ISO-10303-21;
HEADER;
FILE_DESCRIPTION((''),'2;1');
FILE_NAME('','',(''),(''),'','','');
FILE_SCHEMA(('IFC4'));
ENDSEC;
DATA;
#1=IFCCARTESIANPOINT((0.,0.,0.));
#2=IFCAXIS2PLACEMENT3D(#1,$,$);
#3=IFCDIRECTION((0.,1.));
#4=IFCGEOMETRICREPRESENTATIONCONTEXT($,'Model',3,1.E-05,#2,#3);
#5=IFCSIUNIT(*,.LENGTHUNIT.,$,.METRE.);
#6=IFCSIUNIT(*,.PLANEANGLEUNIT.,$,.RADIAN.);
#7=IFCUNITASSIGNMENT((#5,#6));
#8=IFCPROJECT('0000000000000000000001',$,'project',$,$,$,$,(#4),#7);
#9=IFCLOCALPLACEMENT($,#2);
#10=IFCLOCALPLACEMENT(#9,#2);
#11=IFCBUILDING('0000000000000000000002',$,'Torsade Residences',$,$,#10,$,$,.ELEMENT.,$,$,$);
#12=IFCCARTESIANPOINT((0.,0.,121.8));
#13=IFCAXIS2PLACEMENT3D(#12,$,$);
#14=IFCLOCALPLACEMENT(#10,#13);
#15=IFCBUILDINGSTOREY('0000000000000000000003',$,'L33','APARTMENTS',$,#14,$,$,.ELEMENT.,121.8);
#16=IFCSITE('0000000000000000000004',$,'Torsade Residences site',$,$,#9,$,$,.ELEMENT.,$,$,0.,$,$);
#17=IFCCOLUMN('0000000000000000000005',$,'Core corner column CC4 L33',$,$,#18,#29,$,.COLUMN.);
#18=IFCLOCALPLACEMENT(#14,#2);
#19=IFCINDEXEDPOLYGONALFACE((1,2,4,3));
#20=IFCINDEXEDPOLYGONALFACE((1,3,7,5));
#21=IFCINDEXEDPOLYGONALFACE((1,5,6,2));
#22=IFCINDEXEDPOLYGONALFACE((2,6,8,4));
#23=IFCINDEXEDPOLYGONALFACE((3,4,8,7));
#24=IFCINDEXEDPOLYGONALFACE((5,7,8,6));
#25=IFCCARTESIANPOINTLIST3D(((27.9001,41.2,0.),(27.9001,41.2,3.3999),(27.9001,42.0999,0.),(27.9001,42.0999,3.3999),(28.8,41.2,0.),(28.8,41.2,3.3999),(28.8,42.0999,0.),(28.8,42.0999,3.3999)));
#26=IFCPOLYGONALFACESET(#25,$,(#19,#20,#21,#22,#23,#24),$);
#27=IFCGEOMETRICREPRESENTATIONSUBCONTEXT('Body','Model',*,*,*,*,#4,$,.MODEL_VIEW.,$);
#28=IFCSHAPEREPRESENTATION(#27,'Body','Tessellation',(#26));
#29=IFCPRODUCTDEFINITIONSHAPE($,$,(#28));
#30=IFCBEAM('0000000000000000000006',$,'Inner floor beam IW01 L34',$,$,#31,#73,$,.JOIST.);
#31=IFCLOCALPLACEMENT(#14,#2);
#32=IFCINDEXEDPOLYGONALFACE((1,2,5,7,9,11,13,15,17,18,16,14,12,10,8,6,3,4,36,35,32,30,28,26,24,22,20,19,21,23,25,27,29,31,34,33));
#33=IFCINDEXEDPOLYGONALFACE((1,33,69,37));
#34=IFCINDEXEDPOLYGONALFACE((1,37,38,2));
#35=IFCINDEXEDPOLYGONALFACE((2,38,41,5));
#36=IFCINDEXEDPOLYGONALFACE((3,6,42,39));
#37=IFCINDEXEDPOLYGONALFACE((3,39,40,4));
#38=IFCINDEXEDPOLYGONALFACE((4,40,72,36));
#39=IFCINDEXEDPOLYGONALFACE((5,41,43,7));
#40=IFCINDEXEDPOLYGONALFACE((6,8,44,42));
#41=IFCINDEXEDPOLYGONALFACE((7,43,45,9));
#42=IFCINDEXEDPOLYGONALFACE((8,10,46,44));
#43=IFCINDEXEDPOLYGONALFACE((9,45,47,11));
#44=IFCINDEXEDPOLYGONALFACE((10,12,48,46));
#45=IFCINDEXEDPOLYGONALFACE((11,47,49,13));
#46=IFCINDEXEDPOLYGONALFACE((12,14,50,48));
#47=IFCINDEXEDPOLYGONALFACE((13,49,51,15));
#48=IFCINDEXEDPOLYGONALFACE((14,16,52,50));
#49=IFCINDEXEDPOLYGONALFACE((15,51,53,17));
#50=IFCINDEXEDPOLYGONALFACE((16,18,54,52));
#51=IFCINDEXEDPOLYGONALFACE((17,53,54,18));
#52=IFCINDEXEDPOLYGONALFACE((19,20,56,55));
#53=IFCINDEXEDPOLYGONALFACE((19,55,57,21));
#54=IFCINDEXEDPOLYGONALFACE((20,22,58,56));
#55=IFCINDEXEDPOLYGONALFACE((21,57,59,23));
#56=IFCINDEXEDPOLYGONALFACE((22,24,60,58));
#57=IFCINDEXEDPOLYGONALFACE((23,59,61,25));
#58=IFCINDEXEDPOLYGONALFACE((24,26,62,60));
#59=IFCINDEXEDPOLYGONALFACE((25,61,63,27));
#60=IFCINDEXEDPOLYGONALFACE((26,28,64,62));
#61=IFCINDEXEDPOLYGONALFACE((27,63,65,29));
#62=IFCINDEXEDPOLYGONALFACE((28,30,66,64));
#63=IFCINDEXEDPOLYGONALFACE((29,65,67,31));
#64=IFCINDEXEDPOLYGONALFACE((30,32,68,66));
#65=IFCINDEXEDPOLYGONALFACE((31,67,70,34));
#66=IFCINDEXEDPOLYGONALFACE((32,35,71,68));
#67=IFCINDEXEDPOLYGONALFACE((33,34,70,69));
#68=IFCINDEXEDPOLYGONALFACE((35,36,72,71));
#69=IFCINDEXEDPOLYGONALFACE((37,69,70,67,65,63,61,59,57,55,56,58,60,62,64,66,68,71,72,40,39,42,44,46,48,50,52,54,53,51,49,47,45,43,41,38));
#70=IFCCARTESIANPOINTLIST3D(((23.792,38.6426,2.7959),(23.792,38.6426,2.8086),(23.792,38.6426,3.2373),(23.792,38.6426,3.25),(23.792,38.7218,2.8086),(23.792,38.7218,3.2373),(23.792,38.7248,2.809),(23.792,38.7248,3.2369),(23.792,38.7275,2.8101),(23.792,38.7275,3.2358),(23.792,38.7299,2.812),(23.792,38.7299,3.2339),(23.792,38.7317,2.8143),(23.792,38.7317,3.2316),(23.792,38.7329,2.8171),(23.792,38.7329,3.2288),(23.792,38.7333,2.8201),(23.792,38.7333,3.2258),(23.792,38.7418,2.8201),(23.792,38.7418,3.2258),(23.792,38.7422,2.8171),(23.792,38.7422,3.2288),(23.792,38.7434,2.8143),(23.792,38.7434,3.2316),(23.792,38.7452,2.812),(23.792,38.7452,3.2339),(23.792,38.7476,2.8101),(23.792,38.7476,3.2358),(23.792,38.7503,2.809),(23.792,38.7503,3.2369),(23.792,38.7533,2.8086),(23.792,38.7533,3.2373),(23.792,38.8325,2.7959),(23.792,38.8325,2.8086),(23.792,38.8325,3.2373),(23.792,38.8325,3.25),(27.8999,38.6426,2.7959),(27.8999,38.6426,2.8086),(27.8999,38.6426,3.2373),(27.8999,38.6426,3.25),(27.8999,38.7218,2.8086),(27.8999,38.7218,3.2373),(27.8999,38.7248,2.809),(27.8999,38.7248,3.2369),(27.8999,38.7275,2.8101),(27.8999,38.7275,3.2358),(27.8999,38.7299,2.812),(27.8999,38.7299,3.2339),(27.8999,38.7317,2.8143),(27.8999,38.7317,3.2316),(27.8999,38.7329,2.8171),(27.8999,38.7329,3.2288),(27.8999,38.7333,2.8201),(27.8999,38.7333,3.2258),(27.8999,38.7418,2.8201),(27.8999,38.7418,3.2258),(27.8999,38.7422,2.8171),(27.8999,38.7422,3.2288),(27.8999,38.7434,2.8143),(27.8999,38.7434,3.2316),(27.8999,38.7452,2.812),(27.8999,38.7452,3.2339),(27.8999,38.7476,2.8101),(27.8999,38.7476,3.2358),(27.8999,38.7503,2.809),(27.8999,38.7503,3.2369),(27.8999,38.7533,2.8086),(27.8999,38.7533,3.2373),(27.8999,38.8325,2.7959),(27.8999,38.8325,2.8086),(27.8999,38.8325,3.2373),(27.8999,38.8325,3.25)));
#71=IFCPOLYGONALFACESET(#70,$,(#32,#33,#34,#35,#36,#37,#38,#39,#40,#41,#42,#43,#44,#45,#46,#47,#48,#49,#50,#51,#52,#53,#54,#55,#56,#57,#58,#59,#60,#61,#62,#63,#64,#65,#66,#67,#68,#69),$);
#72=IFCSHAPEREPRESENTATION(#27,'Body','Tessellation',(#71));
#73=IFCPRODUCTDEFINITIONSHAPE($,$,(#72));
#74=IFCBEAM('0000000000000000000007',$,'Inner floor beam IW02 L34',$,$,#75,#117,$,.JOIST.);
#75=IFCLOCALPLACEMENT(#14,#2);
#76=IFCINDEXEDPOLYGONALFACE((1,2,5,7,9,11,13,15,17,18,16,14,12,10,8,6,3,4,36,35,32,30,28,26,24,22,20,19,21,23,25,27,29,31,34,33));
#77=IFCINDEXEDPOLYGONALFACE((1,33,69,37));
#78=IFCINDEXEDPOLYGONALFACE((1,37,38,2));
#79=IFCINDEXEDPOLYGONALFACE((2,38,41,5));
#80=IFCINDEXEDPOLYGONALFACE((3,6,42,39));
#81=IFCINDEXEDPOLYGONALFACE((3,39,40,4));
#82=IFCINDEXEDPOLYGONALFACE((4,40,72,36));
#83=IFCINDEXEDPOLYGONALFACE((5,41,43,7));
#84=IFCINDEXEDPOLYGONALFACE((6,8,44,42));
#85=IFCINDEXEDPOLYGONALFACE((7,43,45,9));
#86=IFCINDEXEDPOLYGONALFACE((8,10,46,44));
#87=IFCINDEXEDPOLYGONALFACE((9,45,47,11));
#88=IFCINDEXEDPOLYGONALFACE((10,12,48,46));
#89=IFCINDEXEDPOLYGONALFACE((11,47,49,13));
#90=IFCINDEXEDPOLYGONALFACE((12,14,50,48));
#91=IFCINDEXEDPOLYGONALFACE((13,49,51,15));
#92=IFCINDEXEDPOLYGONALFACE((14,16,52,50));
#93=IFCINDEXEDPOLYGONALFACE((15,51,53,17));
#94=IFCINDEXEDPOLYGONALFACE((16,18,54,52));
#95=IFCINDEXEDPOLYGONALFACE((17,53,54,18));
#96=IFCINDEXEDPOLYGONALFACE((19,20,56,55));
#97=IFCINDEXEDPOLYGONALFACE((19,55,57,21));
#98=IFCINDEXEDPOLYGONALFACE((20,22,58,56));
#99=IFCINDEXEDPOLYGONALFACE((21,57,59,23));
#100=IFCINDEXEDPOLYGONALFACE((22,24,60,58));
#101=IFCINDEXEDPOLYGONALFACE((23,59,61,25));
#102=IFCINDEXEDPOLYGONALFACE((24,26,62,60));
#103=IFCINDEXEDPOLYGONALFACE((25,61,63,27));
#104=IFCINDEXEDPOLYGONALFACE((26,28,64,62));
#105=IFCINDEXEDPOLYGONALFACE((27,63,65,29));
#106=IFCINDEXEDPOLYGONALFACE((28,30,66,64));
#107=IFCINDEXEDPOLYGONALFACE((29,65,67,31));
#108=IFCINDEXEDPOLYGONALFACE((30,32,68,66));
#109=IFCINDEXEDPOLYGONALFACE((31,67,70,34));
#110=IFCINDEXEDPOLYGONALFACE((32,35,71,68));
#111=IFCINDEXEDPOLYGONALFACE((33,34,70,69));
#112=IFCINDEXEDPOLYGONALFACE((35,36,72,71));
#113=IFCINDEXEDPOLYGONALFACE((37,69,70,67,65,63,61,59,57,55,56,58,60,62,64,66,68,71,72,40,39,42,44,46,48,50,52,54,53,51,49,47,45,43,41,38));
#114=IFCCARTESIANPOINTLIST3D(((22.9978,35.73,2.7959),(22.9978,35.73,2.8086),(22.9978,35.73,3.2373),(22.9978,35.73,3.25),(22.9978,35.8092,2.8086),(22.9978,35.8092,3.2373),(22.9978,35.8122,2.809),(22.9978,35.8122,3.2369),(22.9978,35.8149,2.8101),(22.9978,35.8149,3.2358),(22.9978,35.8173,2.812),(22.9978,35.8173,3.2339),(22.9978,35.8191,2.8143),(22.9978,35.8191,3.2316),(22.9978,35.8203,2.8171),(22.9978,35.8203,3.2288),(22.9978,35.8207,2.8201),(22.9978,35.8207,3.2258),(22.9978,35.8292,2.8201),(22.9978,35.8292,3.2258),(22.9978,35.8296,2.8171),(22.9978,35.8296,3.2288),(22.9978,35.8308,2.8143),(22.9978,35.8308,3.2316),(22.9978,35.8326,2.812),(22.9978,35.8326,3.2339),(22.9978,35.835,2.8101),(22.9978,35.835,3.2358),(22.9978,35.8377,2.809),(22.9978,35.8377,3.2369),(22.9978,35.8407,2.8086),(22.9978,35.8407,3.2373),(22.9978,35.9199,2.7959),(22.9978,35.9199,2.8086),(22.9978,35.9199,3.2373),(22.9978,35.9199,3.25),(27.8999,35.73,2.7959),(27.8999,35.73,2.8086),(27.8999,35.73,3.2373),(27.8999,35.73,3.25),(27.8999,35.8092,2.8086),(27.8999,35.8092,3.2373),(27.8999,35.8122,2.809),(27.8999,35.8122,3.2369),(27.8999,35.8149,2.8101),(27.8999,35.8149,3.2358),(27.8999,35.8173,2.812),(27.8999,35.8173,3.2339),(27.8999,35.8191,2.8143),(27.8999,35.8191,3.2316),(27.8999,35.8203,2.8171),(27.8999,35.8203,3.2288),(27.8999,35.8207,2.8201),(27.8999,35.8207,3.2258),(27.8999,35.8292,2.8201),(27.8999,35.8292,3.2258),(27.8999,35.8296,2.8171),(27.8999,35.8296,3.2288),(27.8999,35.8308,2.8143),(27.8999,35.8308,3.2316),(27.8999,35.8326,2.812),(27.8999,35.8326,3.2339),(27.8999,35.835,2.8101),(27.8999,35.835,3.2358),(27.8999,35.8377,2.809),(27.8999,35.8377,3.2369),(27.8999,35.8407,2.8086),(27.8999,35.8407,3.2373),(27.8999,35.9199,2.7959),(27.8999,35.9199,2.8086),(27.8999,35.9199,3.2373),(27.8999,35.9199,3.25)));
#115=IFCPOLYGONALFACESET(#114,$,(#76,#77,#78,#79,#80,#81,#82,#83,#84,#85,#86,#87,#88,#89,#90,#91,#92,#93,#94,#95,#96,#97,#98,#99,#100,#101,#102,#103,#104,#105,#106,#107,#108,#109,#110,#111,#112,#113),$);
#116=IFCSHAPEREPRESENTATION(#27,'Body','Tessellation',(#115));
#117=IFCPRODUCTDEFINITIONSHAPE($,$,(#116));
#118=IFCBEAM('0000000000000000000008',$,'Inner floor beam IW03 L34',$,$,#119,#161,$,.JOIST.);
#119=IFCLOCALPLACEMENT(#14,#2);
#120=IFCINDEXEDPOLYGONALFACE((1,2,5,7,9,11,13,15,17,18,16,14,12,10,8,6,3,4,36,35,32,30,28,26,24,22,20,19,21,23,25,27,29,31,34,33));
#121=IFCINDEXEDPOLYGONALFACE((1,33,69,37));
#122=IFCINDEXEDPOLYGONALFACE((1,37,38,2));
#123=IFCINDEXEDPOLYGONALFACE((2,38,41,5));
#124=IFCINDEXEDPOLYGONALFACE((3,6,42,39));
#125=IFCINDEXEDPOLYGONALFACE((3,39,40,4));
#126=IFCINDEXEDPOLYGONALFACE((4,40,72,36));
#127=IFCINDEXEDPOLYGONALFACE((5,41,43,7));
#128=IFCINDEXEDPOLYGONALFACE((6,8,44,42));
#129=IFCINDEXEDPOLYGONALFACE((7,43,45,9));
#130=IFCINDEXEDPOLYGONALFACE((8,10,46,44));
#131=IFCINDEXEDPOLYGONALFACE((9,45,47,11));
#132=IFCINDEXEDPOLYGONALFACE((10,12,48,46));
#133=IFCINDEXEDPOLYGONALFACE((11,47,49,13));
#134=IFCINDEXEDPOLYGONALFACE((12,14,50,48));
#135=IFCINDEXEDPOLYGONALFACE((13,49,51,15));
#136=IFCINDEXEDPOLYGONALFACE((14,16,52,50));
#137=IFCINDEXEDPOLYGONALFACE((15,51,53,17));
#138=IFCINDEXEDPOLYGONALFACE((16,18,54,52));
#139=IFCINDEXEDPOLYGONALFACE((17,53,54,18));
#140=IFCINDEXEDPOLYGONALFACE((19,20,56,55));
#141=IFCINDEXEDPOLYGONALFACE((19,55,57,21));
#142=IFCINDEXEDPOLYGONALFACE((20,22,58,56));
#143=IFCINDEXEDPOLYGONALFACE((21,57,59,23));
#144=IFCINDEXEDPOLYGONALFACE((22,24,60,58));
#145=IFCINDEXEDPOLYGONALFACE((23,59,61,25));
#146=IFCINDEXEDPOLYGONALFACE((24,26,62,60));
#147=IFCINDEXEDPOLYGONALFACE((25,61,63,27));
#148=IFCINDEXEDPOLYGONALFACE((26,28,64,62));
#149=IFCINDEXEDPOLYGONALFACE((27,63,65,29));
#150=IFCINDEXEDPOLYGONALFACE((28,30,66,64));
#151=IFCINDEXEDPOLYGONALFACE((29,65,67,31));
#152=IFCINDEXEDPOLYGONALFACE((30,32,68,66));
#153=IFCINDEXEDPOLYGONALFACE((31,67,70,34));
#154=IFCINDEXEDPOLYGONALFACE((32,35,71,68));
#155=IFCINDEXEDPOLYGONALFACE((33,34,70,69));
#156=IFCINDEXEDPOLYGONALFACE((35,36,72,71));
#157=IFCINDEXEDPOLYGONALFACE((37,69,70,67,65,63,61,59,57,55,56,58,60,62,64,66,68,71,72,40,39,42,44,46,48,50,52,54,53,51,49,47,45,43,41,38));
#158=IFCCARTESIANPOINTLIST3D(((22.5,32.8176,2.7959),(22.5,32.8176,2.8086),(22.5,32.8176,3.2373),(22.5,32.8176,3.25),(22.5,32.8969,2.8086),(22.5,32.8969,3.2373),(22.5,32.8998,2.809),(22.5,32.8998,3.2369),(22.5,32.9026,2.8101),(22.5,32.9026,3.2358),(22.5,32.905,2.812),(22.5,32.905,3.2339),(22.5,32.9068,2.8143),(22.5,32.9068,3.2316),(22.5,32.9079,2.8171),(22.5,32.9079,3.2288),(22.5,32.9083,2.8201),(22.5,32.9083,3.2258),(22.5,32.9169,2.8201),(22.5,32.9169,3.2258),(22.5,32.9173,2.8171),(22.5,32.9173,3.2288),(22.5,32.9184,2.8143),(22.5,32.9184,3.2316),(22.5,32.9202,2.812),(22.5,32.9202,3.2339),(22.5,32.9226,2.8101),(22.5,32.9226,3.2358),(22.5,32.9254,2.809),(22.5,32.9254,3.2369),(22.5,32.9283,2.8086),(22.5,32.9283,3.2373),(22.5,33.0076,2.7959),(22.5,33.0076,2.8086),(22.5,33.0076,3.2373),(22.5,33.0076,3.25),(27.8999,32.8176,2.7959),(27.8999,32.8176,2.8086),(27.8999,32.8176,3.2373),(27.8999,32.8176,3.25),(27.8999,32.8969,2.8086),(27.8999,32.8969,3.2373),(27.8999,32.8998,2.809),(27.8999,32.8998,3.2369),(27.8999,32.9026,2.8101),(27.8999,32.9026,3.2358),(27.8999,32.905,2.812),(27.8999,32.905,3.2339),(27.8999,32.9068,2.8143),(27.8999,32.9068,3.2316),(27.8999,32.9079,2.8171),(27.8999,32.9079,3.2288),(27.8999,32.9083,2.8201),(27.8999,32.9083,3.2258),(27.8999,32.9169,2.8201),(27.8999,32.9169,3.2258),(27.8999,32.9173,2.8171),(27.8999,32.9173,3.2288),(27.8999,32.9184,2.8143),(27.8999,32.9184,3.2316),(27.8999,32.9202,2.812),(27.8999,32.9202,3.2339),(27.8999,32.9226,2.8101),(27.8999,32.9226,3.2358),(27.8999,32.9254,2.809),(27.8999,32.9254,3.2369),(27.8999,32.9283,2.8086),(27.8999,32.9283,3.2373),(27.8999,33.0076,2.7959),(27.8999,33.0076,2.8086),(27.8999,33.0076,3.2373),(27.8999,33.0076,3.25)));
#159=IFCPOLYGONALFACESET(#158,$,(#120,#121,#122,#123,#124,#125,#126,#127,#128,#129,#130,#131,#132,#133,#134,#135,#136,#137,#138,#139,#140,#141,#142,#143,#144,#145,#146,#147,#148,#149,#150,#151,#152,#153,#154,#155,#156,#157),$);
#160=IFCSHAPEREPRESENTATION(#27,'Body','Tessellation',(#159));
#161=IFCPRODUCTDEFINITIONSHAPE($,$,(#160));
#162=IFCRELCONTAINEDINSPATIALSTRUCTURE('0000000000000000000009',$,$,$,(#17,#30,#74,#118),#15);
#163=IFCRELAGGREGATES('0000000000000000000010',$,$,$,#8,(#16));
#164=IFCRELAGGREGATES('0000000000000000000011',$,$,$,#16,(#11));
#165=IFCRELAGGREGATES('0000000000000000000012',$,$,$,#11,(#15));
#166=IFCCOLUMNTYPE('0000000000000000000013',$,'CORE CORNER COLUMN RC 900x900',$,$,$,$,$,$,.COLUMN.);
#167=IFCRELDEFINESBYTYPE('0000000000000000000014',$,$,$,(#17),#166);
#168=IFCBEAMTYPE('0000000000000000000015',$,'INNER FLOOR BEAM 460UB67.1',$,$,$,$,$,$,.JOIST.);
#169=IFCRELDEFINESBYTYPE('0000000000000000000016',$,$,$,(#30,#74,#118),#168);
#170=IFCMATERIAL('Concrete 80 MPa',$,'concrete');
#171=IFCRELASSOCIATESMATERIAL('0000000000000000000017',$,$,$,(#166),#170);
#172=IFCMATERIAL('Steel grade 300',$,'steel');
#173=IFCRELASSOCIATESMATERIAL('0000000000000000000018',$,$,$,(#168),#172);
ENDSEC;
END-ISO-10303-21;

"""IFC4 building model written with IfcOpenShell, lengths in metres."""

from ifc_helpers import new_model, si_unit, direction, frame, origin, origin_2d, place, context, subcontext, project, spatial, rectangle, i_section, extrude, material, material_profile, profile_set, type_object, element, save


model = new_model("IFC4")

# Units and contexts
model_context = context("Model", 3, precision=1e-05, world=origin(), true_north=direction((0.0, 1.0)))
body_context = subcontext(model_context, "Body", "Model", "MODEL_VIEW")
ifc_project = project(units=[si_unit("LENGTHUNIT", "METRE"), si_unit("PLANEANGLEUNIT", "RADIAN")], contexts=[model_context])

# Site, building, storey
site_placement = place(None, origin())
site = spatial("IfcSite", under=ifc_project, at=site_placement, Name="Torsade Residences site", CompositionType="ELEMENT", RefElevation=0.0)
building_placement = place(site_placement, origin())
building = spatial("IfcBuilding", under=site, at=building_placement, Name="Torsade Residences", CompositionType="ELEMENT")
storey_placement = place(building_placement, frame((0.0, 0.0, 121.8)))
storey = spatial("IfcBuildingStorey", under=building, at=storey_placement, Name="L33", Description="APARTMENTS", CompositionType="ELEMENT", Elevation=121.8)

# Column
ifc_material_1 = material(Name="Concrete 80 MPa", Category="concrete")
ifc_material_profile_1 = material_profile(ifc_material_1, rectangle(XDim=0.8999, YDim=0.8999, at=origin_2d()), Name="RC 900x900")
ifc_profile_set_1 = profile_set([ifc_material_profile_1], Name="Concrete 80 MPa")
column_type = type_object("IfcColumnType", Name="CORE CORNER COLUMN RC 900x900", PredefinedType="COLUMN", material=ifc_profile_set_1)
column_placement = place(storey_placement, frame((28.3501, 41.6499, 0.0), z_axis=(0.0, 0.0, 1.0), x_axis=(1.0, 0.0, 0.0)))
element("IfcColumn", 1, at=column_placement, inside=storey, type_object=column_type, Name="Core corner column CC4 L33", PredefinedType="COLUMN", context=body_context, shape_type="SweptSolid", body=[
    extrude(rectangle(XDim=0.8999, YDim=0.8999, at=origin_2d()), origin(), (0.0, 0.0, 1.0), 3.3999),
])

# Beams
ifc_material_2 = material(Name="Steel grade 300", Category="steel")
ifc_material_profile_2 = material_profile(ifc_material_2, i_section(OverallWidth=0.1899, OverallDepth=0.4541, WebThickness=0.0085, FlangeThickness=0.0127, FilletRadius=0.0115, at=origin_2d()), Name="460UB67.1")
ifc_profile_set_2 = profile_set([ifc_material_profile_2], Name="Steel grade 300")
beam_type = type_object("IfcBeamType", Name="INNER FLOOR BEAM 460UB67.1", PredefinedType="JOIST", material=ifc_profile_set_2)
beam_1_placement = place(storey_placement, frame((27.8999, 38.7375, 3.0229), z_axis=(-1.0, 0.0, 0.0), x_axis=(0.0, -1.0, 0.0)))
element("IfcBeam", 2, at=beam_1_placement, inside=storey, type_object=beam_type, Name="Inner floor beam IW01 L34", PredefinedType="JOIST", context=body_context, shape_type="SweptSolid", body=[
    extrude(i_section(OverallWidth=0.1899, OverallDepth=0.4541, WebThickness=0.0085, FlangeThickness=0.0127, FilletRadius=0.0115, at=origin_2d()), origin(), (0.0, 0.0, 1.0), 4.1079),
])
beam_2_placement = place(storey_placement, frame((27.8999, 35.825, 3.0229), z_axis=(-1.0, 0.0, 0.0), x_axis=(0.0, -1.0, 0.0)))
element("IfcBeam", 3, at=beam_2_placement, inside=storey, type_object=beam_type, Name="Inner floor beam IW02 L34", PredefinedType="JOIST", context=body_context, shape_type="SweptSolid", body=[
    extrude(i_section(OverallWidth=0.1899, OverallDepth=0.4541, WebThickness=0.0085, FlangeThickness=0.0127, FilletRadius=0.0115, at=origin_2d()), origin(), (0.0, 0.0, 1.0), 4.9021),
])
for number, where, z_axis, x_axis, name in (
    (4, (27.8999, 32.9126, 3.0229), (-1.0, 0.0, 0.0), (0.0, -1.0, 0.0), "Inner floor beam IW03 L34"),
):
    element("IfcBeam", number, at=place(storey_placement, frame(where, z_axis=z_axis, x_axis=x_axis)), inside=storey, type_object=beam_type, Name=name, PredefinedType="JOIST", context=body_context, shape_type="SweptSolid", body=[
        extrude(i_section(OverallWidth=0.1899, OverallDepth=0.4541, WebThickness=0.0085, FlangeThickness=0.0127, FilletRadius=0.0115, at=origin_2d()), origin(), (0.0, 0.0, 1.0), 5.3999),
    ])

save(model, "model.ifc")
